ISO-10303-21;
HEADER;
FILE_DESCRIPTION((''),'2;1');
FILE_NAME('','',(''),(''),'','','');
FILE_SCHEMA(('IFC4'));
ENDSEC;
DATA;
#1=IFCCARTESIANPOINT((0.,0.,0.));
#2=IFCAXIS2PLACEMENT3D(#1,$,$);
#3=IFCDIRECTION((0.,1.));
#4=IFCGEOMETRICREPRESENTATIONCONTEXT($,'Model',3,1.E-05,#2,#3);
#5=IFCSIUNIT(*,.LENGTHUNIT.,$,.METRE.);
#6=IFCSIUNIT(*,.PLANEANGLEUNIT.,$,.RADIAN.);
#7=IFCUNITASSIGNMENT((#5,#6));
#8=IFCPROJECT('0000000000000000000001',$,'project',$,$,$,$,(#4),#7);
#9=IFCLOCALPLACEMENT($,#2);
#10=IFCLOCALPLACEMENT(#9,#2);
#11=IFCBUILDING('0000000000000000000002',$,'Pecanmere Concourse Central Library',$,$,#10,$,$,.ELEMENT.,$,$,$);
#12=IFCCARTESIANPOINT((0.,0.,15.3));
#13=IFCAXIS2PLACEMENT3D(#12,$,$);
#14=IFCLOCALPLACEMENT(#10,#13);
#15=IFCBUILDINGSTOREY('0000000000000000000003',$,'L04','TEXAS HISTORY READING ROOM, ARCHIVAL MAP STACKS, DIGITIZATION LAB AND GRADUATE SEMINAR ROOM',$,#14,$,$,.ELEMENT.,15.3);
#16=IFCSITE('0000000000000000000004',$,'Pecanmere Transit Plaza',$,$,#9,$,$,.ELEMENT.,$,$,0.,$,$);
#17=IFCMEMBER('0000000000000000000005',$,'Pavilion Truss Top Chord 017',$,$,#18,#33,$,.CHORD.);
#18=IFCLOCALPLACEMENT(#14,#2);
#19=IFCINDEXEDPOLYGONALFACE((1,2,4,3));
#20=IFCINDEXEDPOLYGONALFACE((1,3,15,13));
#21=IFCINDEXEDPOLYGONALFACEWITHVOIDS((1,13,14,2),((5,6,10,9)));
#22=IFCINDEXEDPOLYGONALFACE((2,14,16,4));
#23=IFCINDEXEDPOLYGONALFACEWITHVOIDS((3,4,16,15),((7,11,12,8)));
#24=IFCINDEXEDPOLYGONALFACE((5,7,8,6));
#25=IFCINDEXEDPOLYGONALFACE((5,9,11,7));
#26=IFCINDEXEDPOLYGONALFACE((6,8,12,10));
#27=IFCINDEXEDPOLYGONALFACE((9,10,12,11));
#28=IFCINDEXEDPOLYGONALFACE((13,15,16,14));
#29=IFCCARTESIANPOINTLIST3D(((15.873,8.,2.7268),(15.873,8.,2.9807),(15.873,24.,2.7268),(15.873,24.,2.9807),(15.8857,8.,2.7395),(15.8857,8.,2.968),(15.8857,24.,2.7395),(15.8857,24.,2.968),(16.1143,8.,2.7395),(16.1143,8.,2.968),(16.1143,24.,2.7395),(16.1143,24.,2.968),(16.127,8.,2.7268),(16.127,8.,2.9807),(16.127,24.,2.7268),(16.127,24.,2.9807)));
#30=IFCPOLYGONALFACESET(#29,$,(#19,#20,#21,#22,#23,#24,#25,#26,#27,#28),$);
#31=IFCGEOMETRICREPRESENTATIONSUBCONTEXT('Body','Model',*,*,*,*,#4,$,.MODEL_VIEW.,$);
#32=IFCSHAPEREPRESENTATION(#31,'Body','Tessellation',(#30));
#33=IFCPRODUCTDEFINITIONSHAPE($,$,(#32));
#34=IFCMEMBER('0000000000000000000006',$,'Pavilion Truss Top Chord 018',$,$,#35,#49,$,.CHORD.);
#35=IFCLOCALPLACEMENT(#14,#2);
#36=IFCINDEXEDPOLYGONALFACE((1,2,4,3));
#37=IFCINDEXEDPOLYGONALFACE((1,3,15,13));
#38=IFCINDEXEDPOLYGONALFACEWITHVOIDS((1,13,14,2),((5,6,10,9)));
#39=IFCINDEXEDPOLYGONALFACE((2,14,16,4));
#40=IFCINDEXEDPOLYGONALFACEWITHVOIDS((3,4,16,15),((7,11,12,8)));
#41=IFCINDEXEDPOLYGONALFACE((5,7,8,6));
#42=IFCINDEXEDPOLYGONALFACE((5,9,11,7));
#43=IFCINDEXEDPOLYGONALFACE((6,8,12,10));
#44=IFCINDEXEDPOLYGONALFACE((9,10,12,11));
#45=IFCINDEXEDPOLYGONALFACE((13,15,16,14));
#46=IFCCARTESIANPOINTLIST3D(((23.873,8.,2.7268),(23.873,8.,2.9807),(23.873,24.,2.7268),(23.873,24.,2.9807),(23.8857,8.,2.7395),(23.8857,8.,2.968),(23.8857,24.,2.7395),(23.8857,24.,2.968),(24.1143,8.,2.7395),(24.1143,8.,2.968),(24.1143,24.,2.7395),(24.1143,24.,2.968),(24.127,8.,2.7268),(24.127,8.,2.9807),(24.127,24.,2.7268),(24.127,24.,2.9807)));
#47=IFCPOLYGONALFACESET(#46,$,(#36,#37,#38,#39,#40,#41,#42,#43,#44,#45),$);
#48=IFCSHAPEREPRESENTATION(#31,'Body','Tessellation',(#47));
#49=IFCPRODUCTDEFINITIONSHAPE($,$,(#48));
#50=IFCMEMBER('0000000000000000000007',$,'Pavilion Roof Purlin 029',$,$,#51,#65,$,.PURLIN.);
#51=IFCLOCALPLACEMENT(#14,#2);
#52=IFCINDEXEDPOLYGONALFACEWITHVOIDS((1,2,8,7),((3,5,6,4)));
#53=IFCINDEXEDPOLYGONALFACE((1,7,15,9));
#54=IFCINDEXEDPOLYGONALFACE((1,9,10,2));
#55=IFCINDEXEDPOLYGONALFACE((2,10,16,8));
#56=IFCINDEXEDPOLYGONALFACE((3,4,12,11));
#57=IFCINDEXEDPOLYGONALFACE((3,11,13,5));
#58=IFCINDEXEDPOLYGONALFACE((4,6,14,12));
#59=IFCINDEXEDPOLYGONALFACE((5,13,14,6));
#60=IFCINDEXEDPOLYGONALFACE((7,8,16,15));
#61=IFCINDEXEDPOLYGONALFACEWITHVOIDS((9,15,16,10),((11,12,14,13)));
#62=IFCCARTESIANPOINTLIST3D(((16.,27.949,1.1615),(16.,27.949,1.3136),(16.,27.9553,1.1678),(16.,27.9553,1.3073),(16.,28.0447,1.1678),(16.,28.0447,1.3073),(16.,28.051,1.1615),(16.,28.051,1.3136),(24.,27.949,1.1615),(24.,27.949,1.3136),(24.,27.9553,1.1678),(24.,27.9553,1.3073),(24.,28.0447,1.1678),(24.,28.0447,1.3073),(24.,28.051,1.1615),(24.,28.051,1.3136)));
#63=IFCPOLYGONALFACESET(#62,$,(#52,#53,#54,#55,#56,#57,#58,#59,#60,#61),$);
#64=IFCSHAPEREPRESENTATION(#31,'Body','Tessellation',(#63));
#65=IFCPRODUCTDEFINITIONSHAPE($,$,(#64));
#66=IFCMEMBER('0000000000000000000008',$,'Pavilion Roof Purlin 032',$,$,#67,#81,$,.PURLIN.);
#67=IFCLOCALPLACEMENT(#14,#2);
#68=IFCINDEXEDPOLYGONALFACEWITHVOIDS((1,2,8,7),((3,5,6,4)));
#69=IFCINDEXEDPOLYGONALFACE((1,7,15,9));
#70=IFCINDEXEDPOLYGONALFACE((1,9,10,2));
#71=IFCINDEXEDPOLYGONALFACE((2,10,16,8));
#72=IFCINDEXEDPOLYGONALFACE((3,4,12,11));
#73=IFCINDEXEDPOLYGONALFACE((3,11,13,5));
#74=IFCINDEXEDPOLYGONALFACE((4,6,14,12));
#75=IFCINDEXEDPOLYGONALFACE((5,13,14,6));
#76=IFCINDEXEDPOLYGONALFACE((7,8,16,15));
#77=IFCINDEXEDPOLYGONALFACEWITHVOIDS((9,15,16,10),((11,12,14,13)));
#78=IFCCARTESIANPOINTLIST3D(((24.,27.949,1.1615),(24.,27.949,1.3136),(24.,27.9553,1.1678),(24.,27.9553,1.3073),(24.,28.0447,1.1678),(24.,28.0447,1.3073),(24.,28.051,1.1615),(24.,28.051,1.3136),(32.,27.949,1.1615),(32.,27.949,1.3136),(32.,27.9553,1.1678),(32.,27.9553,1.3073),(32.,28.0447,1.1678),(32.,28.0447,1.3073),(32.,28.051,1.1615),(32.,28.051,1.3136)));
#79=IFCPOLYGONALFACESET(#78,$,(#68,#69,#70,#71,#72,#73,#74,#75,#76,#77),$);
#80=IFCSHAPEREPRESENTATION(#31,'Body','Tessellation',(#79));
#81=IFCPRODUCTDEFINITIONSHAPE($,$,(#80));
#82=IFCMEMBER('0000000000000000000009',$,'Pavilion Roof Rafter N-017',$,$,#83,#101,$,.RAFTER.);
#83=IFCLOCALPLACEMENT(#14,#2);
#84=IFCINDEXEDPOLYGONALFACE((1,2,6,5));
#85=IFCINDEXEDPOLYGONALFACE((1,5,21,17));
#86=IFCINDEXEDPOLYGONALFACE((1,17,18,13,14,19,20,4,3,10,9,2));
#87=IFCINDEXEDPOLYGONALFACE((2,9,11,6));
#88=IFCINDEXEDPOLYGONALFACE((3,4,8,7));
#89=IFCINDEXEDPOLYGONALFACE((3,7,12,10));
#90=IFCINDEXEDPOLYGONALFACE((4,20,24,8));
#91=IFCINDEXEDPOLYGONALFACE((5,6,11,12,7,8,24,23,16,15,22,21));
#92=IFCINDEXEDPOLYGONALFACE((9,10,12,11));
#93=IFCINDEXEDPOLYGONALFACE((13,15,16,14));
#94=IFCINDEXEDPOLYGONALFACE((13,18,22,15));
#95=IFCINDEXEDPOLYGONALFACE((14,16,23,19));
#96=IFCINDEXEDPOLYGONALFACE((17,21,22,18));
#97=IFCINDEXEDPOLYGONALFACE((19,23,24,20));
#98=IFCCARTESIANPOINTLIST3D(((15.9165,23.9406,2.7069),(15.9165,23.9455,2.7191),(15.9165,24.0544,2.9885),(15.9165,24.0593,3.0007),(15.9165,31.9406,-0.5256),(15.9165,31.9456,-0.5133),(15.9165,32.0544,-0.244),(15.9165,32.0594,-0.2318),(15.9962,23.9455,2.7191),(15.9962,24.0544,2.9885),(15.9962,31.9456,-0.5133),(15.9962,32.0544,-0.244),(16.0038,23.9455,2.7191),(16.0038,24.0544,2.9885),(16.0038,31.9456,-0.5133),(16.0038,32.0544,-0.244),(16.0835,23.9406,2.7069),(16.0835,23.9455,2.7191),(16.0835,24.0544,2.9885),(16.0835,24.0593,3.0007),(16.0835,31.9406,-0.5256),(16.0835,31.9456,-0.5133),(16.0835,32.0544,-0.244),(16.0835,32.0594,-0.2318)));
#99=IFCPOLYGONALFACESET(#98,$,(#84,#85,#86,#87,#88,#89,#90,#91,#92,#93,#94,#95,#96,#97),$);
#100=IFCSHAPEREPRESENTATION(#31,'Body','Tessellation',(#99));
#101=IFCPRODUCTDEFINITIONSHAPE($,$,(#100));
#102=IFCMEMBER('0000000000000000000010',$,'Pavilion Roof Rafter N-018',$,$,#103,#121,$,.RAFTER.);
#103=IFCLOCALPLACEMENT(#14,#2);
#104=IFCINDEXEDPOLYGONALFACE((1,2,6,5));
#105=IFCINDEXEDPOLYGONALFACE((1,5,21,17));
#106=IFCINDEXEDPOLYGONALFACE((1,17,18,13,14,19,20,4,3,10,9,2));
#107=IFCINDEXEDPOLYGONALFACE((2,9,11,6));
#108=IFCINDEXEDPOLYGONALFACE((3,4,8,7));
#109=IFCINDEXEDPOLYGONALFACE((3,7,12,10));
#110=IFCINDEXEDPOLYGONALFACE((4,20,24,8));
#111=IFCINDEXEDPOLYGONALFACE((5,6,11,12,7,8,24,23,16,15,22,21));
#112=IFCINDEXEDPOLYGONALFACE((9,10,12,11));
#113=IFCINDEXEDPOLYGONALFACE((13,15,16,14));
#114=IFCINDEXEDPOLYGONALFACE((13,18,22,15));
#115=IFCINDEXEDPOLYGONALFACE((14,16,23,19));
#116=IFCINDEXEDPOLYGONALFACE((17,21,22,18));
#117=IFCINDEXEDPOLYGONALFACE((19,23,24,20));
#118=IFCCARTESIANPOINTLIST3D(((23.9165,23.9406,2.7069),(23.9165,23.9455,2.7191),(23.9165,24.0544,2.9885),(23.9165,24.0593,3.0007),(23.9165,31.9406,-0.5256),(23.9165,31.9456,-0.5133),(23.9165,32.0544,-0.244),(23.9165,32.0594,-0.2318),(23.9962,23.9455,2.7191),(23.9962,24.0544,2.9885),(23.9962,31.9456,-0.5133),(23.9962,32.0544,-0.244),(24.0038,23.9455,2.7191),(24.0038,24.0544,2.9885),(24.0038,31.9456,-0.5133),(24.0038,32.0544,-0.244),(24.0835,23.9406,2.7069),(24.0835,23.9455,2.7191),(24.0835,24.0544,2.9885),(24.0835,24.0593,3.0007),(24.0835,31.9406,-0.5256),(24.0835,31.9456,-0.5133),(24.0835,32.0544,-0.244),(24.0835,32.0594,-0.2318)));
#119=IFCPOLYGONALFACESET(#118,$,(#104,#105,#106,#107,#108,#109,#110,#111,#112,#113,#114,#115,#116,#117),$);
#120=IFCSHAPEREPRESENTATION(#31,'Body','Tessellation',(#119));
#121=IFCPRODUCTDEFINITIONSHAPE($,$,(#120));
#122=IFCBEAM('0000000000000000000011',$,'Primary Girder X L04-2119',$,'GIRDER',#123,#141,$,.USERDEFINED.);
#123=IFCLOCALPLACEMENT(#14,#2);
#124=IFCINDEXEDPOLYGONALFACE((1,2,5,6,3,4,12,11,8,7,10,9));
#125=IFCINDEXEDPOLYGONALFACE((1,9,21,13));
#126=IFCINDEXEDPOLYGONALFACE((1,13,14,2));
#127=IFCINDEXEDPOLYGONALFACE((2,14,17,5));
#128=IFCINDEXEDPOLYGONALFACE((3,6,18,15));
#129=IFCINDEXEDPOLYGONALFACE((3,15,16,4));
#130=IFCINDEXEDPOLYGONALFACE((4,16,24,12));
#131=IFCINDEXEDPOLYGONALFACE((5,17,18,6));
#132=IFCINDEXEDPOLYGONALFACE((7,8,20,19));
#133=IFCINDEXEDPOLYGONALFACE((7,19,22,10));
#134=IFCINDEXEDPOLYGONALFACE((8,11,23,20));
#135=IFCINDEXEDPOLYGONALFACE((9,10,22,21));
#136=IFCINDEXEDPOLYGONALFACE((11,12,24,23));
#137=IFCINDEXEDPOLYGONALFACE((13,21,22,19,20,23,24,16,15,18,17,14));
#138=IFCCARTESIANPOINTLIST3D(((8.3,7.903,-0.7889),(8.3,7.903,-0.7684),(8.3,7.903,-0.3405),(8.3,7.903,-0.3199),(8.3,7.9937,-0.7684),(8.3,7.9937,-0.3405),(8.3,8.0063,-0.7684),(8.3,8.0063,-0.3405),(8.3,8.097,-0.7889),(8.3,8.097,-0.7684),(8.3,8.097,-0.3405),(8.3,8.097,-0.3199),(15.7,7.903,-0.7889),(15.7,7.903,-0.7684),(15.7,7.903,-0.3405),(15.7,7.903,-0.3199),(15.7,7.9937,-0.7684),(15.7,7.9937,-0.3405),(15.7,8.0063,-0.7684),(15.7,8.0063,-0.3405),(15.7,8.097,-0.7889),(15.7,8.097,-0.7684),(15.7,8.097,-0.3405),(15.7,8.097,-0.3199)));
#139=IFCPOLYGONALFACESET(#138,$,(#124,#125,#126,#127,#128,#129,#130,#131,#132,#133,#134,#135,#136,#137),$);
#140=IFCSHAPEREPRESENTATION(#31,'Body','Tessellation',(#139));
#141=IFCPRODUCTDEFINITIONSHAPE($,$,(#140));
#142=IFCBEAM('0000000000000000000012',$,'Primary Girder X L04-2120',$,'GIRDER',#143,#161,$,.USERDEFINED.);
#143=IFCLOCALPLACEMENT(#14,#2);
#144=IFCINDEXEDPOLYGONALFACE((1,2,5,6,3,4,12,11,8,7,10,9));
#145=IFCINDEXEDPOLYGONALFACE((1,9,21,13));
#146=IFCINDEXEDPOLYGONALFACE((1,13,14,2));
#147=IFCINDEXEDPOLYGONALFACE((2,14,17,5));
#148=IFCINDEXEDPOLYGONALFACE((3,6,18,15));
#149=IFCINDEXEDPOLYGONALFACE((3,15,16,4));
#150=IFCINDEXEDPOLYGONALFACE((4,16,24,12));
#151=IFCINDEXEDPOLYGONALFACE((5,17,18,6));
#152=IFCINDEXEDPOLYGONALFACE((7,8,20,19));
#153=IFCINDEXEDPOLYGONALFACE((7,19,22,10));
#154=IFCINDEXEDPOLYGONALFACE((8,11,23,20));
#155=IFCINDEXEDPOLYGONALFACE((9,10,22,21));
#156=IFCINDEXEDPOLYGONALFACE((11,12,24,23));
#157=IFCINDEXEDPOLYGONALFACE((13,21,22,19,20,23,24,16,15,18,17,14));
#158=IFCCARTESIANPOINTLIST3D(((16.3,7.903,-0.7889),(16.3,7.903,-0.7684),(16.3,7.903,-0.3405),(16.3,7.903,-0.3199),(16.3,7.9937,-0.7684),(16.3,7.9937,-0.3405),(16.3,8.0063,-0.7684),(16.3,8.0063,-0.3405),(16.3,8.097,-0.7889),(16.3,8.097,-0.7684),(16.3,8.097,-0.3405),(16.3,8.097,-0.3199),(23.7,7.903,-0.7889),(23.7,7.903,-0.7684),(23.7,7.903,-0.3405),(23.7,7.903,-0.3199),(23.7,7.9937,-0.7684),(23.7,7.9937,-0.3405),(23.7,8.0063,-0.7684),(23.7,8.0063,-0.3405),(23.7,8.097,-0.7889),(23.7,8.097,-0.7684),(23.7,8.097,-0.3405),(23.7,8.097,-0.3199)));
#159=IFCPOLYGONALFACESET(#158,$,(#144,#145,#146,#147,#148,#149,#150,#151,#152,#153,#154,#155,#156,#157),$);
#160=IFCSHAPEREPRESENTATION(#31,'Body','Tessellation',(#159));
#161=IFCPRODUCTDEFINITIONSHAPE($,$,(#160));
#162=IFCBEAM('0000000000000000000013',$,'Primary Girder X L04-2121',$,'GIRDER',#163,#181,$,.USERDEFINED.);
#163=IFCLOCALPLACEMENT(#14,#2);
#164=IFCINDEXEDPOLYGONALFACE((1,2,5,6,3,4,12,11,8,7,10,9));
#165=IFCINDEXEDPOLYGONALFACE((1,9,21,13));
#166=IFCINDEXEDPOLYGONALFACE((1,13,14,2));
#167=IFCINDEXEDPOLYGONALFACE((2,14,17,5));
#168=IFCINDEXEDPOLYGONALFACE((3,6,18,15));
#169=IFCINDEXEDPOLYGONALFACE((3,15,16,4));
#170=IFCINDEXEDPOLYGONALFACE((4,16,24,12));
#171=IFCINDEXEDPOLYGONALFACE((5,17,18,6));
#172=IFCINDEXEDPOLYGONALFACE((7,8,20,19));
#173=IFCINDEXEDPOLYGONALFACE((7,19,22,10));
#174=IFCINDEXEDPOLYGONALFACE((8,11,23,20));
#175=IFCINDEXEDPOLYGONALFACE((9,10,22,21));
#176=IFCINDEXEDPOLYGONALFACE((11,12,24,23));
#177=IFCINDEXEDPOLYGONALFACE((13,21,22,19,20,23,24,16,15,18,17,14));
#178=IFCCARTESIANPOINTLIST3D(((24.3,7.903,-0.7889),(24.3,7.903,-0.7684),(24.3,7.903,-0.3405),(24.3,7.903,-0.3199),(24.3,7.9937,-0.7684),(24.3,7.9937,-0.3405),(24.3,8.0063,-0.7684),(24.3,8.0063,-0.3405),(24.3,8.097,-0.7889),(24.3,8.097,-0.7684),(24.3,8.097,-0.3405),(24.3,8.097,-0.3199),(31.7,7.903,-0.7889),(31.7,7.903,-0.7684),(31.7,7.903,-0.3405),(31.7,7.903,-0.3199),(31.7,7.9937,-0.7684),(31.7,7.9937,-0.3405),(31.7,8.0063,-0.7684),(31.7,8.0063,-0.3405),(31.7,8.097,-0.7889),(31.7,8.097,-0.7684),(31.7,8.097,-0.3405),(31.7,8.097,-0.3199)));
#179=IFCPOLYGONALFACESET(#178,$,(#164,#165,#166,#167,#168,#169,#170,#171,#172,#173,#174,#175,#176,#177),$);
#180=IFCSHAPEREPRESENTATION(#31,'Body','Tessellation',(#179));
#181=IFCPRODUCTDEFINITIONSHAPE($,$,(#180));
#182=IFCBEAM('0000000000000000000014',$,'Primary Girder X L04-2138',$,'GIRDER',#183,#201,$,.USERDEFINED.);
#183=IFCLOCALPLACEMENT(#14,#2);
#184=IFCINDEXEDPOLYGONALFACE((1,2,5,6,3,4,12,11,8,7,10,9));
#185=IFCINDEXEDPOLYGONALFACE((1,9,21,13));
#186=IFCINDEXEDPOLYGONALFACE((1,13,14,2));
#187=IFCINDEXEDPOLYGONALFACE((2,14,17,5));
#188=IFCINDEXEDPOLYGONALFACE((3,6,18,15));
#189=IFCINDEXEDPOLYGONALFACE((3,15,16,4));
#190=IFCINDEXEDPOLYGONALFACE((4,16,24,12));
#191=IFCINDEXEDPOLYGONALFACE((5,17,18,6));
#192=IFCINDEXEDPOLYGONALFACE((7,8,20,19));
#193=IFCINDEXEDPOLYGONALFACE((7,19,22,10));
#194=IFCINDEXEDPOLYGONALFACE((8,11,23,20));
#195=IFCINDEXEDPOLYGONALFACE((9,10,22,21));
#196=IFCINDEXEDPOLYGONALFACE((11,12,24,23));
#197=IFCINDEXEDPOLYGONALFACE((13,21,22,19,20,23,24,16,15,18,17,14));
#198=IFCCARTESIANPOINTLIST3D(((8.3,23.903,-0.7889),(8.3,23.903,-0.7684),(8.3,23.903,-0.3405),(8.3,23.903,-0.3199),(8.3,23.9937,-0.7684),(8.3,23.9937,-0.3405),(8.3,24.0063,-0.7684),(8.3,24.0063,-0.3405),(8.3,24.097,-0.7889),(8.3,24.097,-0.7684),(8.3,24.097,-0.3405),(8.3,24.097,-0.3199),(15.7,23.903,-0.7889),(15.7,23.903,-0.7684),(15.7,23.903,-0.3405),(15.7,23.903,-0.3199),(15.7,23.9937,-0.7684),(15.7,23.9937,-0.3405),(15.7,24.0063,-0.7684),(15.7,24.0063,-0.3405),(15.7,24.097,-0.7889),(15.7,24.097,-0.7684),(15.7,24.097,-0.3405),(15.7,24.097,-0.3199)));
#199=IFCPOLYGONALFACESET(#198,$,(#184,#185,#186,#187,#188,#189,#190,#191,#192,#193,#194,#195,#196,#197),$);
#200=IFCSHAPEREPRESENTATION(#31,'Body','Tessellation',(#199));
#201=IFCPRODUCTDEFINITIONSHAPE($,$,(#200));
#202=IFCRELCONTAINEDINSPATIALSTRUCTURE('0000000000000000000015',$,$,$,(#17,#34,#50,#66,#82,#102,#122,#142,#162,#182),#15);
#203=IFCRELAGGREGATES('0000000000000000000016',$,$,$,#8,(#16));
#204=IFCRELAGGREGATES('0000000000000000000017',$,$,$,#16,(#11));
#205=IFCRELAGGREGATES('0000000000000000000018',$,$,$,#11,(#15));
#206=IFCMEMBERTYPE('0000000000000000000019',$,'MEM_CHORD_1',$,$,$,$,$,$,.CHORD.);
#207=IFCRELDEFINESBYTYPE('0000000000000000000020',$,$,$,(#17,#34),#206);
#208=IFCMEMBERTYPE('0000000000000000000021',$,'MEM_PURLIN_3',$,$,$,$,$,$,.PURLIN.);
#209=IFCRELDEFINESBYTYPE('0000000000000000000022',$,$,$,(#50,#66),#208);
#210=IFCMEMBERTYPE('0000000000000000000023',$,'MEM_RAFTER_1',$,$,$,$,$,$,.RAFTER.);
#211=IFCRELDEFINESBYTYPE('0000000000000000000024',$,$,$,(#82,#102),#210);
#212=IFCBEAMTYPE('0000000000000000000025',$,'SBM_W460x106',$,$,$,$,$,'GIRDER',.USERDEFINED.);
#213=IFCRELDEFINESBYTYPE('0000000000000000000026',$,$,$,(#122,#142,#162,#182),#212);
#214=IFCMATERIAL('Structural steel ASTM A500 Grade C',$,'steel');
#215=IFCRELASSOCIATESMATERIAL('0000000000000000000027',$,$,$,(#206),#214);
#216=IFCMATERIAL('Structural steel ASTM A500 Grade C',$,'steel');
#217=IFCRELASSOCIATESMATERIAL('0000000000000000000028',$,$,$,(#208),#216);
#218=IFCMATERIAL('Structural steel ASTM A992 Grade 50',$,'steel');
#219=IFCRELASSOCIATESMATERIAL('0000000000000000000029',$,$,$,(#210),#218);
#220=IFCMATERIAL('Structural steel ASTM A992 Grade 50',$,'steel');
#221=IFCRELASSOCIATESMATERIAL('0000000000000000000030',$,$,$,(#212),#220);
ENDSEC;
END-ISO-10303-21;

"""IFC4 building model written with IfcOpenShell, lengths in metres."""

from ifc_helpers import new_model, si_unit, direction, frame, origin, origin_2d, place, context, subcontext, project, spatial, hollow_rectangle, i_section, extrude, material, material_profile, profile_set, type_object, element, save


model = new_model("IFC4")

# Units and contexts
model_context = context("Model", 3, precision=1e-05, world=origin(), true_north=direction((0.0, 1.0)))
body_context = subcontext(model_context, "Body", "Model", "MODEL_VIEW")
ifc_project = project(units=[si_unit("LENGTHUNIT", "METRE"), si_unit("PLANEANGLEUNIT", "RADIAN")], contexts=[model_context])

# Site, building, storey
site_placement = place(None, origin())
site = spatial("IfcSite", under=ifc_project, at=site_placement, Name="Pecanmere Transit Plaza", CompositionType="ELEMENT", RefElevation=0.0)
building_placement = place(site_placement, origin())
building = spatial("IfcBuilding", under=site, at=building_placement, Name="Pecanmere Concourse Central Library", CompositionType="ELEMENT")
storey_placement = place(building_placement, frame((0.0, 0.0, 15.3)))
storey = spatial("IfcBuildingStorey", under=building, at=storey_placement, Name="L04", Description="TEXAS HISTORY READING ROOM, ARCHIVAL MAP STACKS, DIGITIZATION LAB AND GRADUATE SEMINAR ROOM", CompositionType="ELEMENT", Elevation=15.3)

# Members
ifc_material_1 = material(Name="Structural steel ASTM A500 Grade C", Category="steel")
ifc_material_profile_1 = material_profile(ifc_material_1, hollow_rectangle(XDim=0.2539, YDim=0.2539, WallThickness=0.0127, at=origin_2d()), Name="HSS254x254x12.7")
ifc_profile_set_1 = profile_set([ifc_material_profile_1], Name="Structural steel ASTM A500 Grade C")
member_type_1 = type_object("IfcMemberType", Name="MEM_CHORD_1", PredefinedType="CHORD", material=ifc_profile_set_1)
for number, where, z_axis, x_axis, name in (
    (1, (16.0, 8.0, 2.8538), (0.0, 1.0, 0.0), (-1.0, 0.0, 0.0), "Pavilion Truss Top Chord 017"),
    (2, (24.0, 8.0, 2.8538), (0.0, 1.0, 0.0), (-1.0, 0.0, 0.0), "Pavilion Truss Top Chord 018"),
):
    element("IfcMember", number, at=place(storey_placement, frame(where, z_axis=z_axis, x_axis=x_axis)), inside=storey, type_object=member_type_1, Name=name, PredefinedType="CHORD", context=body_context, shape_type="SweptSolid", body=[
        extrude(hollow_rectangle(XDim=0.2539, YDim=0.2539, WallThickness=0.0127, at=origin_2d()), origin(), (0.0, 0.0, 1.0), 16.0),
    ])
ifc_material_2 = material(Name="Structural steel ASTM A500 Grade C", Category="steel")
ifc_material_profile_2 = material_profile(ifc_material_2, hollow_rectangle(XDim=0.1021, YDim=0.1521, WallThickness=0.0063, at=origin_2d()), Name="HSS152x102x6.4")
ifc_profile_set_2 = profile_set([ifc_material_profile_2], Name="Structural steel ASTM A500 Grade C")
member_type_2 = type_object("IfcMemberType", Name="MEM_PURLIN_3", PredefinedType="PURLIN", material=ifc_profile_set_2)
for number, where, z_axis, x_axis, name in (
    (3, (16.0, 28.0, 1.2375), (1.0, 0.0, 0.0), (0.0, 1.0, 0.0), "Pavilion Roof Purlin 029"),
    (4, (24.0, 28.0, 1.2375), (1.0, 0.0, 0.0), (0.0, 1.0, 0.0), "Pavilion Roof Purlin 032"),
):
    element("IfcMember", number, at=place(storey_placement, frame(where, z_axis=z_axis, x_axis=x_axis)), inside=storey, type_object=member_type_2, Name=name, PredefinedType="PURLIN", context=body_context, shape_type="SweptSolid", body=[
        extrude(hollow_rectangle(XDim=0.1021, YDim=0.1521, WallThickness=0.0063, at=origin_2d()), origin(), (0.0, 0.0, 1.0), 8.0),
    ])
ifc_material_3 = material(Name="Structural steel ASTM A992 Grade 50", Category="steel")
ifc_material_profile_3 = material_profile(ifc_material_3, i_section(OverallWidth=0.167, OverallDepth=0.3169, WebThickness=0.0076, FlangeThickness=0.0132, at=origin_2d()), Name="W310x52")
ifc_profile_set_3 = profile_set([ifc_material_profile_3], Name="Structural steel ASTM A992 Grade 50")
member_type_3 = type_object("IfcMemberType", Name="MEM_RAFTER_1", PredefinedType="RAFTER", material=ifc_profile_set_3)
for number, where, z_axis, x_axis, name in (
    (5, (16.0, 32.0, -0.3787), (0.0, -0.927175, 0.374628), (1.0, 0.0, 0.0), "Pavilion Roof Rafter N-017"),
    (6, (24.0, 32.0, -0.3787), (0.0, -0.927175, 0.374628), (1.0, 0.0, 0.0), "Pavilion Roof Rafter N-018"),
):
    element("IfcMember", number, at=place(storey_placement, frame(where, z_axis=z_axis, x_axis=x_axis)), inside=storey, type_object=member_type_3, Name=name, PredefinedType="RAFTER", context=body_context, shape_type="SweptSolid", body=[
        extrude(i_section(OverallWidth=0.167, OverallDepth=0.3169, WebThickness=0.0076, FlangeThickness=0.0132, at=origin_2d()), origin(), (0.0, 0.0, 1.0), 8.6284),
    ])

# Beams
ifc_material_4 = material(Name="Structural steel ASTM A992 Grade 50", Category="steel")
ifc_material_profile_4 = material_profile(ifc_material_4, i_section(OverallWidth=0.1941, OverallDepth=0.469, WebThickness=0.0127, FlangeThickness=0.0205, at=origin_2d()), Name="W460x106")
ifc_profile_set_4 = profile_set([ifc_material_profile_4], Name="Structural steel ASTM A992 Grade 50")
beam_type_1 = type_object("IfcBeamType", Name="SBM_W460x106", ElementType="GIRDER", PredefinedType="USERDEFINED", material=ifc_profile_set_4)
for number, where, z_axis, x_axis, name in (
    (7, (8.3, 8.0, -0.5544), (1.0, 0.0, 0.0), (0.0, 1.0, 0.0), "Primary Girder X L04-2119"),
    (8, (16.3, 8.0, -0.5544), (1.0, 0.0, 0.0), (0.0, 1.0, 0.0), "Primary Girder X L04-2120"),
    (9, (24.3, 8.0, -0.5544), (1.0, 0.0, 0.0), (0.0, 1.0, 0.0), "Primary Girder X L04-2121"),
    (10, (8.3, 24.0, -0.5544), (1.0, 0.0, 0.0), (0.0, 1.0, 0.0), "Primary Girder X L04-2138"),
):
    element("IfcBeam", number, at=place(storey_placement, frame(where, z_axis=z_axis, x_axis=x_axis)), inside=storey, type_object=beam_type_1, Name=name, ObjectType="GIRDER", PredefinedType="USERDEFINED", context=body_context, shape_type="SweptSolid", body=[
        extrude(i_section(OverallWidth=0.1941, OverallDepth=0.469, WebThickness=0.0127, FlangeThickness=0.0205, at=origin_2d()), origin(), (0.0, 0.0, 1.0), 7.3999),
    ])

save(model, "model.ifc")
